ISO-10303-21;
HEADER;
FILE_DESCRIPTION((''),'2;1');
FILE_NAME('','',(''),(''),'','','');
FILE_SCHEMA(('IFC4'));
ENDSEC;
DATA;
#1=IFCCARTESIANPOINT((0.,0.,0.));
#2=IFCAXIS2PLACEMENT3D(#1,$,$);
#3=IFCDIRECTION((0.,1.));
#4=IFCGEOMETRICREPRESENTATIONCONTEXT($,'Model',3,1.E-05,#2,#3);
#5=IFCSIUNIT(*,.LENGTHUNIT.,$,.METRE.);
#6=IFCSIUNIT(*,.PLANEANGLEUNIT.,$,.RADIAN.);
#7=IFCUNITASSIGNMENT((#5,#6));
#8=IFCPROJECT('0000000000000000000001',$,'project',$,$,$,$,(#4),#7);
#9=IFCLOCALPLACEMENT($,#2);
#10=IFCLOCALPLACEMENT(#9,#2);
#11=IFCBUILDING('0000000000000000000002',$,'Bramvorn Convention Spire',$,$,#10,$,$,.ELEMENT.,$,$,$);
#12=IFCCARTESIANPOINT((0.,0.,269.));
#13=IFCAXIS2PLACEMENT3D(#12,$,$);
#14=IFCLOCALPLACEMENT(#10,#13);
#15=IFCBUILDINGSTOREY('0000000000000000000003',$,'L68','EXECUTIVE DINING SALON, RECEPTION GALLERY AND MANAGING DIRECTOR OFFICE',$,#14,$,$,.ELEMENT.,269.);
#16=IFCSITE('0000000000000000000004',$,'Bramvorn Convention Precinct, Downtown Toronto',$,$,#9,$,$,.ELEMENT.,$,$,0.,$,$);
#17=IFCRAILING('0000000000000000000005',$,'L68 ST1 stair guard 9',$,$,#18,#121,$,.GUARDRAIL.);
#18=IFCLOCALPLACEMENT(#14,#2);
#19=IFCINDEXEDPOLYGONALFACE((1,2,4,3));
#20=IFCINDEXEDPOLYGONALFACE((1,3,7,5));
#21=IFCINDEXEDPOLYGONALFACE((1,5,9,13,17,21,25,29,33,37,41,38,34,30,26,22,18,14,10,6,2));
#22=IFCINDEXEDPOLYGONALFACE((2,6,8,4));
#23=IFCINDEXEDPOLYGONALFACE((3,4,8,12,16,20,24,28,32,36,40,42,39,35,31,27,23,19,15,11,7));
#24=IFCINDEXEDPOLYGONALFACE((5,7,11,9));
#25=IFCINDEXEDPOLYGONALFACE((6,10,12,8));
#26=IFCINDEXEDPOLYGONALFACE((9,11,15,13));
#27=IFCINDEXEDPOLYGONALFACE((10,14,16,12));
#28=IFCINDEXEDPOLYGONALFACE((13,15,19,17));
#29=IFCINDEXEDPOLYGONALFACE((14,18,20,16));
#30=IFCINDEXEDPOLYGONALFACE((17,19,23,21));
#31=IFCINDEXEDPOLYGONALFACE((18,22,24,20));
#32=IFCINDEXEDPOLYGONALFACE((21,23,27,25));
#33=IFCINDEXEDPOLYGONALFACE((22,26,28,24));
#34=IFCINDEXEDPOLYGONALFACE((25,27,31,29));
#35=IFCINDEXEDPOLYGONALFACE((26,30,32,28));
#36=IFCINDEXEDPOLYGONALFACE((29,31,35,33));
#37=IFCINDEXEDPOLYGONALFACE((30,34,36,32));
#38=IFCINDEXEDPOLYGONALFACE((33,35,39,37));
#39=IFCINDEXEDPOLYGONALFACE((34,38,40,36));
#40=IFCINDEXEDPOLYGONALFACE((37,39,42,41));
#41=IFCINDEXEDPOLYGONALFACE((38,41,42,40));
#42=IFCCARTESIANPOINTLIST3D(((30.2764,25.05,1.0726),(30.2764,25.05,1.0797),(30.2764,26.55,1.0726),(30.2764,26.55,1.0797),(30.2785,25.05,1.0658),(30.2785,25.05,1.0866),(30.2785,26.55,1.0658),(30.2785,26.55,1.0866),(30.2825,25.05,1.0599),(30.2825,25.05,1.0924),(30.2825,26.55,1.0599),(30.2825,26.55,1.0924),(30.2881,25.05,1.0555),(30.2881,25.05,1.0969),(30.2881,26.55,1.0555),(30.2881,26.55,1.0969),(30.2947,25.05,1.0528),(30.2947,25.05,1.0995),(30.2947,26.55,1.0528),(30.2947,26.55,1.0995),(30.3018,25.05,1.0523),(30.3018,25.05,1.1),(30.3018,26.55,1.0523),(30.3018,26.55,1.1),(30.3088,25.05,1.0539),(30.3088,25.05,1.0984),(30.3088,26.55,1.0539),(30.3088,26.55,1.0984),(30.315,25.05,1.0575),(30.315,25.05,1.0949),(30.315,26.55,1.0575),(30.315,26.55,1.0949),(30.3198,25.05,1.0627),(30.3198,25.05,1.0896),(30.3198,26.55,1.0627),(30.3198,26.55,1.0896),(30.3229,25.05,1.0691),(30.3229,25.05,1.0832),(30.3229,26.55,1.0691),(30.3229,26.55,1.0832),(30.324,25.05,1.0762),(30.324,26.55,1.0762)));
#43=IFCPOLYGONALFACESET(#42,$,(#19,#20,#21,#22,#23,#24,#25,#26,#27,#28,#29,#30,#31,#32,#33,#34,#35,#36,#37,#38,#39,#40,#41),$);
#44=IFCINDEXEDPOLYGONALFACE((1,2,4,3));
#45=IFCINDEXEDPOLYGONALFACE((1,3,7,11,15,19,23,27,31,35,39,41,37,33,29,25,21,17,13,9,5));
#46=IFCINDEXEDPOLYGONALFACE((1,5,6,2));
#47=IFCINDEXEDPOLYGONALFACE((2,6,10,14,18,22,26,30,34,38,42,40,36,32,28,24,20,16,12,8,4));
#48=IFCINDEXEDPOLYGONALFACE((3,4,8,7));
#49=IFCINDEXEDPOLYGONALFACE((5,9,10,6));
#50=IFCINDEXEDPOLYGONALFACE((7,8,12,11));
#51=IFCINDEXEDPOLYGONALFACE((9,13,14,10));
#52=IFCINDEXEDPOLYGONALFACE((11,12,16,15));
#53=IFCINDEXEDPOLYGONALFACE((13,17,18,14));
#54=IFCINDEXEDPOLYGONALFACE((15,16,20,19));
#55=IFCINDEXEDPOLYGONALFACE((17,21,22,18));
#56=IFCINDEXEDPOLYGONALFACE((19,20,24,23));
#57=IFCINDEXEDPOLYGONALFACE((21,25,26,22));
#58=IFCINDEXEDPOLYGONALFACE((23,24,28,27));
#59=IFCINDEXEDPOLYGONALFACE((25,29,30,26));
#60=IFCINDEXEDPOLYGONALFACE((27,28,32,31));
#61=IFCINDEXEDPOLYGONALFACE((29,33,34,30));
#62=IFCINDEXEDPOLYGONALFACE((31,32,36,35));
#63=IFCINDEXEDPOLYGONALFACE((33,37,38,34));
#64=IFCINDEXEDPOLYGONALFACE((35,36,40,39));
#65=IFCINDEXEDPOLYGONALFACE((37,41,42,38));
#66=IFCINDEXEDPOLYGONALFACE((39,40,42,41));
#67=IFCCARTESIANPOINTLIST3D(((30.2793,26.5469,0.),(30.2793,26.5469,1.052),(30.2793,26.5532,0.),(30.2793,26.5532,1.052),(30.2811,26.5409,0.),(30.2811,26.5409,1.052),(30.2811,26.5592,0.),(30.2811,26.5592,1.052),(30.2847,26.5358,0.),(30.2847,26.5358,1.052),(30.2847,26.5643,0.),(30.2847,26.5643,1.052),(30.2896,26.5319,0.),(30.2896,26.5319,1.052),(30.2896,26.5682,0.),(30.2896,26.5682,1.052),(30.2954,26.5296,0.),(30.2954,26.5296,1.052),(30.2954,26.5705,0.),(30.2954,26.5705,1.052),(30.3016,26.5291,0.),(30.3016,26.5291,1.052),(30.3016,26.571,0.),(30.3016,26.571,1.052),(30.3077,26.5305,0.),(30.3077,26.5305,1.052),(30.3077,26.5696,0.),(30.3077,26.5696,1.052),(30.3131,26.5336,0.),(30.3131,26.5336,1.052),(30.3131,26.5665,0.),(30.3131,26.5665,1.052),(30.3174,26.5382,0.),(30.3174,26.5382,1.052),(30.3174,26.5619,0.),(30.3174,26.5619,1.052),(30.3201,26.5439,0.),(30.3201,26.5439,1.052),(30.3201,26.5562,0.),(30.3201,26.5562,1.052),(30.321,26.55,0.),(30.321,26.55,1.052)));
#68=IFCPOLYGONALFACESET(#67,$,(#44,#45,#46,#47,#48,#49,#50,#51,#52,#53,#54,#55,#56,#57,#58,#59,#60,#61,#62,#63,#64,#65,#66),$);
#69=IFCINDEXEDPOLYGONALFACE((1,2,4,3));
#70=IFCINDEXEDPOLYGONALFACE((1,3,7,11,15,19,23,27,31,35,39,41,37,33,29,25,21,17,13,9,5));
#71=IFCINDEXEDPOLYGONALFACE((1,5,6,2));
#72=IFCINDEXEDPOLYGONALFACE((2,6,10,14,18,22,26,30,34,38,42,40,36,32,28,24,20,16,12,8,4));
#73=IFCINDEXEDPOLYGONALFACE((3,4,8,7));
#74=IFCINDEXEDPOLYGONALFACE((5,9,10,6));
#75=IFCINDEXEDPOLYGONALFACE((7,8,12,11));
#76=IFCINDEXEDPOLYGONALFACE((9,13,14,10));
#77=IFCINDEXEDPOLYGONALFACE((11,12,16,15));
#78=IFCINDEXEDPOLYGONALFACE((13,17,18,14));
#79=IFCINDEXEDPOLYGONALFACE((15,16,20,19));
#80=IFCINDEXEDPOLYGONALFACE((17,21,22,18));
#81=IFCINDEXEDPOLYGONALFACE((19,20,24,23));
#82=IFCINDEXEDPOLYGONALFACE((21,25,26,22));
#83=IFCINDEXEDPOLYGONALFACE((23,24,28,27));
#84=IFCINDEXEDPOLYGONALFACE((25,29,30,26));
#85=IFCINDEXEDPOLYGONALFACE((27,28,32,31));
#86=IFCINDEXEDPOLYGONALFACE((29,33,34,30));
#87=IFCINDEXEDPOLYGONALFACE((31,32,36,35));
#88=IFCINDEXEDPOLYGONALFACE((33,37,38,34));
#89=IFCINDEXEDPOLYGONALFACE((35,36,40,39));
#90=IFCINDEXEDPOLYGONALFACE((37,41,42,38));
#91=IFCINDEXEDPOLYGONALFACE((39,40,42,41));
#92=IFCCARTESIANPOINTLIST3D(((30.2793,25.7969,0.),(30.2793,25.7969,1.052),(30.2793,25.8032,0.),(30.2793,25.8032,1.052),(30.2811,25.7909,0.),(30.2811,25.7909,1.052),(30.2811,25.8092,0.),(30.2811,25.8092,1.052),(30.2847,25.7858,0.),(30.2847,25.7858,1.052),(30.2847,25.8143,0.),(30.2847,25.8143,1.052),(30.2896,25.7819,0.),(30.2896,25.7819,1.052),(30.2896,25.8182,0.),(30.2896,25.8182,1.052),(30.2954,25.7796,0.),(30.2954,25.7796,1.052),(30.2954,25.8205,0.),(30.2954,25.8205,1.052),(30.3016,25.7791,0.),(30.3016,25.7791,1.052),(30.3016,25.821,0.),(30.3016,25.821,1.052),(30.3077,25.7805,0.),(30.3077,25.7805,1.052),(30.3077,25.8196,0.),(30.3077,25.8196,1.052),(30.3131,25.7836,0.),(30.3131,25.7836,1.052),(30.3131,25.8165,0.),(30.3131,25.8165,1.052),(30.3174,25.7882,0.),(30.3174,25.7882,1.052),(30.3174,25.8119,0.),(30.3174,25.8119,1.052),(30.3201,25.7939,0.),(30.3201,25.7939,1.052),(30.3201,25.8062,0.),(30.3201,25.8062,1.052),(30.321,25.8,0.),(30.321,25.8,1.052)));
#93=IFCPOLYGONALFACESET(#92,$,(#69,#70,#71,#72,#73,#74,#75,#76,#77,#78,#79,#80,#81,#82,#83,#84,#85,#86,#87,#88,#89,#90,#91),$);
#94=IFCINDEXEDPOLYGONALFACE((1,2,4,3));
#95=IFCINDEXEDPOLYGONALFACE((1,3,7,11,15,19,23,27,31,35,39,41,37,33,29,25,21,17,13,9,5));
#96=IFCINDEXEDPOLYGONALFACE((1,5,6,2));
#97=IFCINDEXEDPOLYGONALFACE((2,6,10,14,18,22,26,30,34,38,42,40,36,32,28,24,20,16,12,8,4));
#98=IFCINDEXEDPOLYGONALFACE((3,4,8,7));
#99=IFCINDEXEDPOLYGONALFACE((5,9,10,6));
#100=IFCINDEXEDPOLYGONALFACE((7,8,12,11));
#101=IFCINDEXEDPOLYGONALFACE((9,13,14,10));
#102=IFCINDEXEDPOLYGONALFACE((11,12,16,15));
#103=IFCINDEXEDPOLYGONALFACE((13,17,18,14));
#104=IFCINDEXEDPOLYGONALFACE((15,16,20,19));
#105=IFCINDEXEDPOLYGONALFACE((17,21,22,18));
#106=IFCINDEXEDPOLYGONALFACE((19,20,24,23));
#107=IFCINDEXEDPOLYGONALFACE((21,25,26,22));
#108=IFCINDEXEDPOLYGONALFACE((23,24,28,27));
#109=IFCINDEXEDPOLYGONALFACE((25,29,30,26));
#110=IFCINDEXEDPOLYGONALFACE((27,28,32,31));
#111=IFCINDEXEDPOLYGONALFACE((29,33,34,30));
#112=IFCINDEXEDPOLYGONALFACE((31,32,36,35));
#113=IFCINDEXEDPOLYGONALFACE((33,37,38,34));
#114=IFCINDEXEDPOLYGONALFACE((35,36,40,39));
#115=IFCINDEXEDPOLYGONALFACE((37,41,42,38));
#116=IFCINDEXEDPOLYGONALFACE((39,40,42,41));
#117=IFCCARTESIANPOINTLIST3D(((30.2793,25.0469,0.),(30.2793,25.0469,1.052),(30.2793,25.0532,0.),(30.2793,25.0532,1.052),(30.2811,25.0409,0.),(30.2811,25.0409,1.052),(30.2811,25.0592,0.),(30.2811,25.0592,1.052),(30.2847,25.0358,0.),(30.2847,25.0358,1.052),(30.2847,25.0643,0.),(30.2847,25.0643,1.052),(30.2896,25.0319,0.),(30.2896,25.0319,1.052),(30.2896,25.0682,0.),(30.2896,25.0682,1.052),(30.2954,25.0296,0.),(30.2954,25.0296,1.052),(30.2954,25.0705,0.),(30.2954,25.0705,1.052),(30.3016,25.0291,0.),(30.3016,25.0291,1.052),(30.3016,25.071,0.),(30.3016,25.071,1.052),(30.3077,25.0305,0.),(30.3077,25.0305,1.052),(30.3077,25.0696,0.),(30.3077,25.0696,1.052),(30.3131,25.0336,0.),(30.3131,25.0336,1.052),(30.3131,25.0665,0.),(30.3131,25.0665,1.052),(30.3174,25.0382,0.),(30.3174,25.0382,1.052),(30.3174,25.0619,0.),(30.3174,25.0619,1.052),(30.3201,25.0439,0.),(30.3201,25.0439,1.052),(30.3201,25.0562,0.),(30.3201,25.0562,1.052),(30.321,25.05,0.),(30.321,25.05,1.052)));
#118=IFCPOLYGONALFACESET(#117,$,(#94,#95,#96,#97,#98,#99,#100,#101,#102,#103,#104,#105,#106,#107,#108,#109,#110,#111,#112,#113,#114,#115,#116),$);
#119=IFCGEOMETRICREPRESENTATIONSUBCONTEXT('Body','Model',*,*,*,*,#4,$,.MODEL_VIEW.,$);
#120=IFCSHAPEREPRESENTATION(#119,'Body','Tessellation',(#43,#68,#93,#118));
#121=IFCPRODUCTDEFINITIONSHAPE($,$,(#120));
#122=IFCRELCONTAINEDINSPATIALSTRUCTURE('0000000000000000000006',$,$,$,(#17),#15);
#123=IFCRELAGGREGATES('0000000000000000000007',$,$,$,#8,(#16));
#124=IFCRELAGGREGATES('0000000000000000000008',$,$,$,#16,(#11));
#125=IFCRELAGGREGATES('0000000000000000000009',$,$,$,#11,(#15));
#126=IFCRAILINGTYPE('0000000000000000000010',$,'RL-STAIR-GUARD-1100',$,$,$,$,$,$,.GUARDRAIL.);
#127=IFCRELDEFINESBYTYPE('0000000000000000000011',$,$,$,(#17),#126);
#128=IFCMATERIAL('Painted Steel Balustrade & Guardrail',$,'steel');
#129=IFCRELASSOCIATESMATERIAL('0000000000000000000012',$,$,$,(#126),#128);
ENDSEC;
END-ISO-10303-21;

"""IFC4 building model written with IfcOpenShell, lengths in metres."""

from ifc_helpers import new_model, si_unit, direction, frame, origin, origin_2d, place, context, subcontext, project, spatial, circle, extrude, material, type_object, element, save


model = new_model("IFC4")

# Units and contexts
model_context = context("Model", 3, precision=1e-05, world=origin(), true_north=direction((0.0, 1.0)))
body_context = subcontext(model_context, "Body", "Model", "MODEL_VIEW")
ifc_project = project(units=[si_unit("LENGTHUNIT", "METRE"), si_unit("PLANEANGLEUNIT", "RADIAN")], contexts=[model_context])

# Site, building, storey
site_placement = place(None, origin())
site = spatial("IfcSite", under=ifc_project, at=site_placement, Name="Bramvorn Convention Precinct, Downtown Toronto", CompositionType="ELEMENT", RefElevation=0.0)
building_placement = place(site_placement, origin())
building = spatial("IfcBuilding", under=site, at=building_placement, Name="Bramvorn Convention Spire", CompositionType="ELEMENT")
storey_placement = place(building_placement, frame((0.0, 0.0, 269.0)))
storey = spatial("IfcBuildingStorey", under=building, at=storey_placement, Name="L68", Description="EXECUTIVE DINING SALON, RECEPTION GALLERY AND MANAGING DIRECTOR OFFICE", CompositionType="ELEMENT", Elevation=269.0)

# Railing
ifc_material_1 = material(Name="Painted Steel Balustrade & Guardrail", Category="steel")
railing_type_1 = type_object("IfcRailingType", Name="RL-STAIR-GUARD-1100", PredefinedType="GUARDRAIL", material=ifc_material_1)
railing_1_placement = place(storey_placement, frame((30.3, 26.55, 0.0)))
element("IfcRailing", 1, at=railing_1_placement, inside=storey, type_object=railing_type_1, Name="L68 ST1 stair guard 9", PredefinedType="GUARDRAIL", context=body_context, shape_type="SweptSolid", body=[
    extrude(circle(Radius=0.0239, at=origin_2d()), frame((0.0, 0.0, 1.0762), z_axis=(0.0, -1.0, 0.0), x_axis=(1.0, 0.0, 0.0)), (0.0, 0.0, 1.0), 1.5),
    extrude(circle(Radius=0.021, at=origin_2d()), origin(), (0.0, 0.0, 1.0), 1.052),
    extrude(circle(Radius=0.021, at=origin_2d()), frame((0.0, -0.75, 0.0)), (0.0, 0.0, 1.0), 1.052),
    extrude(circle(Radius=0.021, at=origin_2d()), frame((0.0, -1.5, 0.0)), (0.0, 0.0, 1.0), 1.052),
])

save(model, "model.ifc")
